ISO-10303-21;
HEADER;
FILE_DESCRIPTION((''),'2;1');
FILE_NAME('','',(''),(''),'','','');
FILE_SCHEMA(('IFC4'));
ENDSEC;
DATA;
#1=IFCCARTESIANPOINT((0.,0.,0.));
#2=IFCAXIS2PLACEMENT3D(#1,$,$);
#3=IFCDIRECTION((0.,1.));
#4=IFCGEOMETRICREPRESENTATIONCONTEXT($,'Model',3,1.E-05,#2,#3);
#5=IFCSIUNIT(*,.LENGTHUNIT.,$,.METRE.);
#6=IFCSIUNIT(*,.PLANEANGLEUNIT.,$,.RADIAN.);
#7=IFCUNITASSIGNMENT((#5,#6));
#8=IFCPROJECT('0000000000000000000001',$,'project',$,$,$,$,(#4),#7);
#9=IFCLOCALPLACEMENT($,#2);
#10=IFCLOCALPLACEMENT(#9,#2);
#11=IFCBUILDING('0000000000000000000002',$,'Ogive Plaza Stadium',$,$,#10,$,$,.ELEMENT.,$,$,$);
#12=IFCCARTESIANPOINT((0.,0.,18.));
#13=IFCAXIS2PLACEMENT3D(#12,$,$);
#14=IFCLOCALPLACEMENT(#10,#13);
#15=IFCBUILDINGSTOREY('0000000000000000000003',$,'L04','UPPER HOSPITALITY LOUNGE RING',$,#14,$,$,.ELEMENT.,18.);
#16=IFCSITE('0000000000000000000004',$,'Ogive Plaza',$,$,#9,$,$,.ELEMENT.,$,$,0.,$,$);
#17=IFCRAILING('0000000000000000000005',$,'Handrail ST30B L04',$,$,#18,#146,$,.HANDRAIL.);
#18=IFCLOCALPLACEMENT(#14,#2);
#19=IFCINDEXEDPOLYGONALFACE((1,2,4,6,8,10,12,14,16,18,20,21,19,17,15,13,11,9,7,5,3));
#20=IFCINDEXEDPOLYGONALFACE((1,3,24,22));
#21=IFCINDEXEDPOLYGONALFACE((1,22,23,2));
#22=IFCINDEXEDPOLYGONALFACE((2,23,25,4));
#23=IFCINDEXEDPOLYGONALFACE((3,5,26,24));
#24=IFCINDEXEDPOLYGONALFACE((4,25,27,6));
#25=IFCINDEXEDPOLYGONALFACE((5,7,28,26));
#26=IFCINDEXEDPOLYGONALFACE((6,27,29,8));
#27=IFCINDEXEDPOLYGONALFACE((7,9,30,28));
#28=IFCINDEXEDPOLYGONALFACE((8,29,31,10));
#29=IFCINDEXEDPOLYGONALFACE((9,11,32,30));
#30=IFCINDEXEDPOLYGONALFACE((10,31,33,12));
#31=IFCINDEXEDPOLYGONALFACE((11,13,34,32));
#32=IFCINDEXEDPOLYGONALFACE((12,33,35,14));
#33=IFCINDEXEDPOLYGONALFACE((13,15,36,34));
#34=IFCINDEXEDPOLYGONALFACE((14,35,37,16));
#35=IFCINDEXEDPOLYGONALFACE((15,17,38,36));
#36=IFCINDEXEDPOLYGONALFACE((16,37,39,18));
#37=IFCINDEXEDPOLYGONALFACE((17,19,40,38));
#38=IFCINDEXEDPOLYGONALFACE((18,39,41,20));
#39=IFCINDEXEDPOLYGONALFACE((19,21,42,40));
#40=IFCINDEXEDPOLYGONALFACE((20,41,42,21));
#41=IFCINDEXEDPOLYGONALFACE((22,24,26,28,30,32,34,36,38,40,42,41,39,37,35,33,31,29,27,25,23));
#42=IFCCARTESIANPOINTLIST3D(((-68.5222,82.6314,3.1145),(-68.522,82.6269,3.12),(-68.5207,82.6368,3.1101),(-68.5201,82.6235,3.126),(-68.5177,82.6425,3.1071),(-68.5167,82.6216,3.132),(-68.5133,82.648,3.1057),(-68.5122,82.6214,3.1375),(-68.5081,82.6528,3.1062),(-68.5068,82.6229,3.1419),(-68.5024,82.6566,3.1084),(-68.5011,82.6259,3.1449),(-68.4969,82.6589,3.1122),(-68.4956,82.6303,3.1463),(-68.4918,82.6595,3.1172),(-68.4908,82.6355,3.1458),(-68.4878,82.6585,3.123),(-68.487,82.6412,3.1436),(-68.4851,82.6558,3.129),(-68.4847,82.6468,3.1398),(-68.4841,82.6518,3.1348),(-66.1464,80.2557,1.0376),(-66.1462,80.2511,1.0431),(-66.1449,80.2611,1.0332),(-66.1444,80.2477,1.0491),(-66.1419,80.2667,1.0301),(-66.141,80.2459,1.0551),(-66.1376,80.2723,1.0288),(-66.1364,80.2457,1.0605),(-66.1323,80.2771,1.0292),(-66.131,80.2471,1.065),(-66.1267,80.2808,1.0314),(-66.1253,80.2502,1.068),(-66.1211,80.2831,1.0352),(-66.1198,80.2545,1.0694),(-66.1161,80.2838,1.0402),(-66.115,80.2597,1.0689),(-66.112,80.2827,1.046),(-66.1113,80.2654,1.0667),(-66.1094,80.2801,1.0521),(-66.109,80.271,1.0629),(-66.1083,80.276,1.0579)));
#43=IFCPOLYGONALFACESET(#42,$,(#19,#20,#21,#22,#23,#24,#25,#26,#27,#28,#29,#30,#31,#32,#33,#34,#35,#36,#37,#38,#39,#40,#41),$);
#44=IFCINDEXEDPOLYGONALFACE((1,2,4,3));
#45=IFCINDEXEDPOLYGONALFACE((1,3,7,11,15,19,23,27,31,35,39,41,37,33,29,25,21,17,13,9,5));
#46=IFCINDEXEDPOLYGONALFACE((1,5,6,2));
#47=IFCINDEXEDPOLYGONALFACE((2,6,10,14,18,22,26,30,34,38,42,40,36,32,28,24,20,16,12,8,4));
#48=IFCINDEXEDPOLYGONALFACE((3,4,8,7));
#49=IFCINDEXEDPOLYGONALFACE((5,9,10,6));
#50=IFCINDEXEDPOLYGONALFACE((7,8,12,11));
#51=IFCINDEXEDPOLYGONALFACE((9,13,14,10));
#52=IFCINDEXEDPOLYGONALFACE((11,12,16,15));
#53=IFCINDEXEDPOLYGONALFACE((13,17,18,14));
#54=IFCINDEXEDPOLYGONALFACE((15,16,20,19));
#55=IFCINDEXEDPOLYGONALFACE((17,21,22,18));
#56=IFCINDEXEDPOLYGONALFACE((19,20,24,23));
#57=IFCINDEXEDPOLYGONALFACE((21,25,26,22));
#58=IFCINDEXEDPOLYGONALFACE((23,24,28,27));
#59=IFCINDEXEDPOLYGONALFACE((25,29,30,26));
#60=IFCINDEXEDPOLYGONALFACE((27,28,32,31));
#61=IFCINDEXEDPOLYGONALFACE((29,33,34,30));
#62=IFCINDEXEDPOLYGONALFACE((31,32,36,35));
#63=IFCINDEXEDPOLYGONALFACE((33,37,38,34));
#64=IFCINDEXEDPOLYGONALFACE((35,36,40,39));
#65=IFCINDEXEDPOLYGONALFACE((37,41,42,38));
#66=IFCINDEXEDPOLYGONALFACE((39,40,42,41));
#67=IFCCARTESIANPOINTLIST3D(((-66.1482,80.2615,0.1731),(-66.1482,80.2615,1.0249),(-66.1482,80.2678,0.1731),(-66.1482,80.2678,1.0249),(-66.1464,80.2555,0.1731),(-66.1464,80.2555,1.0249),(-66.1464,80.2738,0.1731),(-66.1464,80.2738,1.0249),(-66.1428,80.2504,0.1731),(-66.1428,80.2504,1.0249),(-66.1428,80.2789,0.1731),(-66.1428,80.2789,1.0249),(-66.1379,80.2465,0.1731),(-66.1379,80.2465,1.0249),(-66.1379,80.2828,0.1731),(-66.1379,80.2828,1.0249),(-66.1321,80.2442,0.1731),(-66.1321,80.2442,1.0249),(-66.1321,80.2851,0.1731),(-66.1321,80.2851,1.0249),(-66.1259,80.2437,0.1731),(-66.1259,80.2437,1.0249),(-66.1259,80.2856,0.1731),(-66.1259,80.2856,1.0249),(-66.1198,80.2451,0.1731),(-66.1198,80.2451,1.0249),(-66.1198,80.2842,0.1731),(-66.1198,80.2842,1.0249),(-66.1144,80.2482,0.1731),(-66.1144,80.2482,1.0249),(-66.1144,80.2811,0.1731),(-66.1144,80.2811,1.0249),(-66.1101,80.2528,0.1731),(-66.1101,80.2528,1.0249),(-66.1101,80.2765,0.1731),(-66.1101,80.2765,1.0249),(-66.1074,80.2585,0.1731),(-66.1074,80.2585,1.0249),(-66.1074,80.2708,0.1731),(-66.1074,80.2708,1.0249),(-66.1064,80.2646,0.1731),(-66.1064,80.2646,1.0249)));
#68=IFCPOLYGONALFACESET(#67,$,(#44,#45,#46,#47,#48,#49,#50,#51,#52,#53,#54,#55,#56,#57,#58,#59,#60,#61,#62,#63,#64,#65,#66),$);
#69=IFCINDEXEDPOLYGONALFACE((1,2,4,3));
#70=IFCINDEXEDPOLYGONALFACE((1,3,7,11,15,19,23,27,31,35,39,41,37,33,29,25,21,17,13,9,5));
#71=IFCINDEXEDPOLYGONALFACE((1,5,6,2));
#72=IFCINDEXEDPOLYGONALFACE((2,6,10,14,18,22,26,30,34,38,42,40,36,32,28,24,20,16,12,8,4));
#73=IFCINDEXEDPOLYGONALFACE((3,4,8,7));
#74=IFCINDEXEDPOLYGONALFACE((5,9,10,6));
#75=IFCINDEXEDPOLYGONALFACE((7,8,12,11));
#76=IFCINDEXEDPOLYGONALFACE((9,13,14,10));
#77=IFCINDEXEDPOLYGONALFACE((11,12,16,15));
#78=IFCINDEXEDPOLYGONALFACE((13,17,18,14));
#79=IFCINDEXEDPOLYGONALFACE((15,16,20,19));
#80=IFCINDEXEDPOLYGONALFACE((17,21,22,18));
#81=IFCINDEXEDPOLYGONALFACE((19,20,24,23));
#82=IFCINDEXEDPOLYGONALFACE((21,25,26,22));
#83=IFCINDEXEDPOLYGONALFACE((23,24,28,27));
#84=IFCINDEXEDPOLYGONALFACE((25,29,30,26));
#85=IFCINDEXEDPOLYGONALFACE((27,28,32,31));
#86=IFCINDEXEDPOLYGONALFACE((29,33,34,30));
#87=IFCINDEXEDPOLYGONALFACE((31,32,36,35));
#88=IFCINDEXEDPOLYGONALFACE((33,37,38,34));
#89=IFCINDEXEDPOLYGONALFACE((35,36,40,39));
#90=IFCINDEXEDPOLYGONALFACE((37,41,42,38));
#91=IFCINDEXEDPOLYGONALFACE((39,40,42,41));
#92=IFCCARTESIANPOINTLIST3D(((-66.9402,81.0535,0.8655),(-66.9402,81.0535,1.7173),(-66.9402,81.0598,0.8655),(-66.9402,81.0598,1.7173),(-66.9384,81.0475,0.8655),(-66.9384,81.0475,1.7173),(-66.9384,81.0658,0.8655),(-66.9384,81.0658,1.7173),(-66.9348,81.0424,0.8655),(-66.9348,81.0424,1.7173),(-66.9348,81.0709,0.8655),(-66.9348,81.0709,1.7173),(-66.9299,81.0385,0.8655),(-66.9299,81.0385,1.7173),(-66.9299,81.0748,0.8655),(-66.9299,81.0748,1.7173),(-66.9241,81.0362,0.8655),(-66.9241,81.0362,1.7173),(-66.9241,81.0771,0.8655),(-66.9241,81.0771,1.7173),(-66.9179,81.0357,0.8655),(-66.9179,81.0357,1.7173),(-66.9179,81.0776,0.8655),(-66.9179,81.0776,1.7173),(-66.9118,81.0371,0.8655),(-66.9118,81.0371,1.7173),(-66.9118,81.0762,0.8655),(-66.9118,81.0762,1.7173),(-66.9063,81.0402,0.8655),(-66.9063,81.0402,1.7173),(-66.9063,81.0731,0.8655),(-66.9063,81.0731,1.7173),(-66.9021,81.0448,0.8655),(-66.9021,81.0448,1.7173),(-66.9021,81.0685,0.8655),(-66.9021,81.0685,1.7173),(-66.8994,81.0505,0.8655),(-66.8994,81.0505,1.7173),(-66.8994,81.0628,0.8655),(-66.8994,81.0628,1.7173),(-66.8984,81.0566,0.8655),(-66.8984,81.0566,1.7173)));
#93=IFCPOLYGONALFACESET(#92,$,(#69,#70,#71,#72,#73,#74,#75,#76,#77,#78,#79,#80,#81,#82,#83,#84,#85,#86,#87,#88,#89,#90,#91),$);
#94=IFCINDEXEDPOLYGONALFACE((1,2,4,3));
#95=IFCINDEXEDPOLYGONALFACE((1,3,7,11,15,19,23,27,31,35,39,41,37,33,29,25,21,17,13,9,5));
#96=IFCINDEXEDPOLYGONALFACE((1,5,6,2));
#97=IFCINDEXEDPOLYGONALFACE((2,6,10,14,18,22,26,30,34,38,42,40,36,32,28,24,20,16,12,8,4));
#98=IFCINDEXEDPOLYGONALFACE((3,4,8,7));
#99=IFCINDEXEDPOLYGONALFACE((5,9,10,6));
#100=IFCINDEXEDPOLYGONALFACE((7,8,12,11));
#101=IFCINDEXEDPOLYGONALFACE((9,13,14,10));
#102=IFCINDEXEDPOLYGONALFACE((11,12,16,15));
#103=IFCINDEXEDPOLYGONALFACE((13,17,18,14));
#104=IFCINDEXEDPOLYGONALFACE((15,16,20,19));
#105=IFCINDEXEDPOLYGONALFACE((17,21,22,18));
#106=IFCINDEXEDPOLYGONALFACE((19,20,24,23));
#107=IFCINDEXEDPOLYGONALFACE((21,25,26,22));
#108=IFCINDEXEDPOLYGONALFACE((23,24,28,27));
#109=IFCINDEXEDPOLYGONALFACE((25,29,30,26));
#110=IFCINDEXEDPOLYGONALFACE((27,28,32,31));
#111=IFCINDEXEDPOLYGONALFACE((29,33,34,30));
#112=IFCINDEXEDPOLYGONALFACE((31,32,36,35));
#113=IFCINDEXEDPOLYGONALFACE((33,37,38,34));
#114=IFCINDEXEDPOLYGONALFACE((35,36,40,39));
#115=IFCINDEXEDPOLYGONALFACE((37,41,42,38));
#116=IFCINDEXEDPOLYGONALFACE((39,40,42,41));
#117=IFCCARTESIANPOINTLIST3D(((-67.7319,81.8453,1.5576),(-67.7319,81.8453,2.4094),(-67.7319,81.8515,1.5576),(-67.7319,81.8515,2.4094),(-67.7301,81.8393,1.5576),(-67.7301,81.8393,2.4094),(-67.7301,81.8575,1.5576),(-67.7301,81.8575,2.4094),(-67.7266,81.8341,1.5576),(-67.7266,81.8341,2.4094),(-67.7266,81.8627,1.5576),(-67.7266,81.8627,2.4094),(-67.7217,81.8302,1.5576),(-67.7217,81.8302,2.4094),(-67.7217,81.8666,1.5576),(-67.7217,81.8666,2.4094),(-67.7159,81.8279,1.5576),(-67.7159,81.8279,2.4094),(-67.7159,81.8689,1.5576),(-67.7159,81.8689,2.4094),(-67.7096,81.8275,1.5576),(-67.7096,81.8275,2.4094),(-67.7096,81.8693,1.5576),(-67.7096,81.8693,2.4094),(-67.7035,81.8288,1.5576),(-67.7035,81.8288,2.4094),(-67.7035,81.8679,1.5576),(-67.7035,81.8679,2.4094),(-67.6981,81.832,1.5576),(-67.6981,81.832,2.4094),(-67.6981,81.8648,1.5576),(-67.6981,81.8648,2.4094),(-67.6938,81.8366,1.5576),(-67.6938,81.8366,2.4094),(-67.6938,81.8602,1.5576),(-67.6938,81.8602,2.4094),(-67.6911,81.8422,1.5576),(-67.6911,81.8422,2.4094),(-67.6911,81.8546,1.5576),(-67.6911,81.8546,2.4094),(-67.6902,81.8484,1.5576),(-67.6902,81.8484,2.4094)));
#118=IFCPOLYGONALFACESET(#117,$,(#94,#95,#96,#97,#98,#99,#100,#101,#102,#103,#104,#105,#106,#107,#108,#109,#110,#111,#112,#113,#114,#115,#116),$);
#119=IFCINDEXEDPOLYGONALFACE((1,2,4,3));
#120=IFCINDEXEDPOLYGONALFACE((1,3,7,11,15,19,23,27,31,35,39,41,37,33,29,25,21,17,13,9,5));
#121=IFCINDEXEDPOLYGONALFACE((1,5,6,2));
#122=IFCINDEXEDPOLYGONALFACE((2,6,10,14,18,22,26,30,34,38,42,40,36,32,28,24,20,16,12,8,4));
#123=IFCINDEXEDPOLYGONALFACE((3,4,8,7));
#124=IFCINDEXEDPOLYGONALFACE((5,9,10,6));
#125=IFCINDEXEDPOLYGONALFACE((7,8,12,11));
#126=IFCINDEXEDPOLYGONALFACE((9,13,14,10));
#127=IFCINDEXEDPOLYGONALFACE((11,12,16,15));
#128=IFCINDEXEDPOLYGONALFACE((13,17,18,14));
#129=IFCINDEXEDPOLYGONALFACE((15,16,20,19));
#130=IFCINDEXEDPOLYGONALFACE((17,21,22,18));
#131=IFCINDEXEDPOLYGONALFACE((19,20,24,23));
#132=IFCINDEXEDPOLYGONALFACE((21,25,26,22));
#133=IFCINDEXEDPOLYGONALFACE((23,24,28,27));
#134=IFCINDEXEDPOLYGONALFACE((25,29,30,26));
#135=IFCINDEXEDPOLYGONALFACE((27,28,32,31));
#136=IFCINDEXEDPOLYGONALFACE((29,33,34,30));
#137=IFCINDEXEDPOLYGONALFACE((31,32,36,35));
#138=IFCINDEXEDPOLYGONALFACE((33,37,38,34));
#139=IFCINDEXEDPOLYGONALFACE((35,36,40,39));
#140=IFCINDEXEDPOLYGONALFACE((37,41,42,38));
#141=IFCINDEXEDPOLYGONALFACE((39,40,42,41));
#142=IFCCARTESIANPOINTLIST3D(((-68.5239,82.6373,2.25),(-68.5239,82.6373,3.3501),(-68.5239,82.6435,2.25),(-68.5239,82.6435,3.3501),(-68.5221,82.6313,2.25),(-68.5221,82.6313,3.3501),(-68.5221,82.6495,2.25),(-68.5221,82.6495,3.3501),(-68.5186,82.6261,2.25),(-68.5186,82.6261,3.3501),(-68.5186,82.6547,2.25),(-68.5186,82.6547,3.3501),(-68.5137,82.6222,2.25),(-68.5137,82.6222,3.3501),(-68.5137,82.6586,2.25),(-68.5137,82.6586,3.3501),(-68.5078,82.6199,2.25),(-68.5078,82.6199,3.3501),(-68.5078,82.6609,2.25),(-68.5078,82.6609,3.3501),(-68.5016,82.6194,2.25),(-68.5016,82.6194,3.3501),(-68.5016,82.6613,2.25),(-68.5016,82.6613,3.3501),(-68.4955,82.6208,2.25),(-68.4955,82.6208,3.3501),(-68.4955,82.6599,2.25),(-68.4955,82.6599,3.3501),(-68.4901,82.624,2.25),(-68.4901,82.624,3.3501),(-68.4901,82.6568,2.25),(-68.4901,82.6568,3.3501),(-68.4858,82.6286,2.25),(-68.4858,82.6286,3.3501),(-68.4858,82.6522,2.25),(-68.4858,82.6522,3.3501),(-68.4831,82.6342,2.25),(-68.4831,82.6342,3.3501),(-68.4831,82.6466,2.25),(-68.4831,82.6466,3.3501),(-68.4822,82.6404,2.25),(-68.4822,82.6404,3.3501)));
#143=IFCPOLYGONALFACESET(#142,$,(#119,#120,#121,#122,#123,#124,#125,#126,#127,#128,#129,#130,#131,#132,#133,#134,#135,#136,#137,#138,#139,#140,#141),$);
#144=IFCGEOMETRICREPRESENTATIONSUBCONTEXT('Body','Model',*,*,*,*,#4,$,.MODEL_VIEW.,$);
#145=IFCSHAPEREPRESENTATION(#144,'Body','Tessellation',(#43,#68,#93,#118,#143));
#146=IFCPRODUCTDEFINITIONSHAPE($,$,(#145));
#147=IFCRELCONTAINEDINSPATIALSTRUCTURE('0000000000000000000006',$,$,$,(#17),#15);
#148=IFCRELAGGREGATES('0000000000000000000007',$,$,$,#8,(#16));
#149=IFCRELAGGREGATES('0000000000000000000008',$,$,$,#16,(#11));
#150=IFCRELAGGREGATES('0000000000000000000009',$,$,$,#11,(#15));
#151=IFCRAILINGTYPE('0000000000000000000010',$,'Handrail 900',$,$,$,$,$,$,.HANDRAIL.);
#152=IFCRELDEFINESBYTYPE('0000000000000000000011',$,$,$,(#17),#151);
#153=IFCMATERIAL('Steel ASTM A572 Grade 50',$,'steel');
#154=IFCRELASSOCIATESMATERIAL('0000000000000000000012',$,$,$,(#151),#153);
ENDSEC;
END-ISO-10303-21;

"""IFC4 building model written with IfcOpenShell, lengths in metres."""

from ifc_helpers import new_model, si_unit, direction, frame, origin, origin_2d, place, context, subcontext, project, spatial, circle, extrude, material, type_object, element, save


model = new_model("IFC4")

# Units and contexts
model_context = context("Model", 3, precision=1e-05, world=origin(), true_north=direction((0.0, 1.0)))
body_context = subcontext(model_context, "Body", "Model", "MODEL_VIEW")
ifc_project = project(units=[si_unit("LENGTHUNIT", "METRE"), si_unit("PLANEANGLEUNIT", "RADIAN")], contexts=[model_context])

# Site, building, storey
site_placement = place(None, origin())
site = spatial("IfcSite", under=ifc_project, at=site_placement, Name="Ogive Plaza", CompositionType="ELEMENT", RefElevation=0.0)
building_placement = place(site_placement, origin())
building = spatial("IfcBuilding", under=site, at=building_placement, Name="Ogive Plaza Stadium", CompositionType="ELEMENT")
storey_placement = place(building_placement, frame((0.0, 0.0, 18.0)))
storey = spatial("IfcBuildingStorey", under=building, at=storey_placement, Name="L04", Description="UPPER HOSPITALITY LOUNGE RING", CompositionType="ELEMENT", Elevation=18.0)

# Railing
ifc_material_1 = material(Name="Steel ASTM A572 Grade 50", Category="steel")
railing_type_1 = type_object("IfcRailingType", Name="Handrail 900", PredefinedType="HANDRAIL", material=ifc_material_1)
railing_1_placement = place(storey_placement, frame((-66.1274, 80.2646, 0.1731)))
element("IfcRailing", 1, at=railing_1_placement, inside=storey, type_object=railing_type_1, Name="Handrail ST30B L04", PredefinedType="HANDRAIL", context=body_context, shape_type="SweptSolid", body=[
    extrude(circle(Radius=0.0239, at=origin_2d()), frame((0.0, 0.0, 0.876), z_axis=(-0.601466, 0.601466, 0.525811), x_axis=(-0.707107, -0.707107, 0.0)), (0.0, 0.0, 1.0), 3.95),
    extrude(circle(Radius=0.021, at=origin_2d()), origin(), (0.0, 0.0, 1.0), 0.8518),
    extrude(circle(Radius=0.021, at=origin_2d()), frame((-0.792, 0.792, 0.6924)), (0.0, 0.0, 1.0), 0.8518),
    extrude(circle(Radius=0.021, at=origin_2d()), frame((-1.5837, 1.5837, 1.3845)), (0.0, 0.0, 1.0), 0.8518),
    extrude(circle(Radius=0.021, at=origin_2d()), frame((-2.3757, 2.3757, 2.0769)), (0.0, 0.0, 1.0), 1.1001),
])

save(model, "model.ifc")
